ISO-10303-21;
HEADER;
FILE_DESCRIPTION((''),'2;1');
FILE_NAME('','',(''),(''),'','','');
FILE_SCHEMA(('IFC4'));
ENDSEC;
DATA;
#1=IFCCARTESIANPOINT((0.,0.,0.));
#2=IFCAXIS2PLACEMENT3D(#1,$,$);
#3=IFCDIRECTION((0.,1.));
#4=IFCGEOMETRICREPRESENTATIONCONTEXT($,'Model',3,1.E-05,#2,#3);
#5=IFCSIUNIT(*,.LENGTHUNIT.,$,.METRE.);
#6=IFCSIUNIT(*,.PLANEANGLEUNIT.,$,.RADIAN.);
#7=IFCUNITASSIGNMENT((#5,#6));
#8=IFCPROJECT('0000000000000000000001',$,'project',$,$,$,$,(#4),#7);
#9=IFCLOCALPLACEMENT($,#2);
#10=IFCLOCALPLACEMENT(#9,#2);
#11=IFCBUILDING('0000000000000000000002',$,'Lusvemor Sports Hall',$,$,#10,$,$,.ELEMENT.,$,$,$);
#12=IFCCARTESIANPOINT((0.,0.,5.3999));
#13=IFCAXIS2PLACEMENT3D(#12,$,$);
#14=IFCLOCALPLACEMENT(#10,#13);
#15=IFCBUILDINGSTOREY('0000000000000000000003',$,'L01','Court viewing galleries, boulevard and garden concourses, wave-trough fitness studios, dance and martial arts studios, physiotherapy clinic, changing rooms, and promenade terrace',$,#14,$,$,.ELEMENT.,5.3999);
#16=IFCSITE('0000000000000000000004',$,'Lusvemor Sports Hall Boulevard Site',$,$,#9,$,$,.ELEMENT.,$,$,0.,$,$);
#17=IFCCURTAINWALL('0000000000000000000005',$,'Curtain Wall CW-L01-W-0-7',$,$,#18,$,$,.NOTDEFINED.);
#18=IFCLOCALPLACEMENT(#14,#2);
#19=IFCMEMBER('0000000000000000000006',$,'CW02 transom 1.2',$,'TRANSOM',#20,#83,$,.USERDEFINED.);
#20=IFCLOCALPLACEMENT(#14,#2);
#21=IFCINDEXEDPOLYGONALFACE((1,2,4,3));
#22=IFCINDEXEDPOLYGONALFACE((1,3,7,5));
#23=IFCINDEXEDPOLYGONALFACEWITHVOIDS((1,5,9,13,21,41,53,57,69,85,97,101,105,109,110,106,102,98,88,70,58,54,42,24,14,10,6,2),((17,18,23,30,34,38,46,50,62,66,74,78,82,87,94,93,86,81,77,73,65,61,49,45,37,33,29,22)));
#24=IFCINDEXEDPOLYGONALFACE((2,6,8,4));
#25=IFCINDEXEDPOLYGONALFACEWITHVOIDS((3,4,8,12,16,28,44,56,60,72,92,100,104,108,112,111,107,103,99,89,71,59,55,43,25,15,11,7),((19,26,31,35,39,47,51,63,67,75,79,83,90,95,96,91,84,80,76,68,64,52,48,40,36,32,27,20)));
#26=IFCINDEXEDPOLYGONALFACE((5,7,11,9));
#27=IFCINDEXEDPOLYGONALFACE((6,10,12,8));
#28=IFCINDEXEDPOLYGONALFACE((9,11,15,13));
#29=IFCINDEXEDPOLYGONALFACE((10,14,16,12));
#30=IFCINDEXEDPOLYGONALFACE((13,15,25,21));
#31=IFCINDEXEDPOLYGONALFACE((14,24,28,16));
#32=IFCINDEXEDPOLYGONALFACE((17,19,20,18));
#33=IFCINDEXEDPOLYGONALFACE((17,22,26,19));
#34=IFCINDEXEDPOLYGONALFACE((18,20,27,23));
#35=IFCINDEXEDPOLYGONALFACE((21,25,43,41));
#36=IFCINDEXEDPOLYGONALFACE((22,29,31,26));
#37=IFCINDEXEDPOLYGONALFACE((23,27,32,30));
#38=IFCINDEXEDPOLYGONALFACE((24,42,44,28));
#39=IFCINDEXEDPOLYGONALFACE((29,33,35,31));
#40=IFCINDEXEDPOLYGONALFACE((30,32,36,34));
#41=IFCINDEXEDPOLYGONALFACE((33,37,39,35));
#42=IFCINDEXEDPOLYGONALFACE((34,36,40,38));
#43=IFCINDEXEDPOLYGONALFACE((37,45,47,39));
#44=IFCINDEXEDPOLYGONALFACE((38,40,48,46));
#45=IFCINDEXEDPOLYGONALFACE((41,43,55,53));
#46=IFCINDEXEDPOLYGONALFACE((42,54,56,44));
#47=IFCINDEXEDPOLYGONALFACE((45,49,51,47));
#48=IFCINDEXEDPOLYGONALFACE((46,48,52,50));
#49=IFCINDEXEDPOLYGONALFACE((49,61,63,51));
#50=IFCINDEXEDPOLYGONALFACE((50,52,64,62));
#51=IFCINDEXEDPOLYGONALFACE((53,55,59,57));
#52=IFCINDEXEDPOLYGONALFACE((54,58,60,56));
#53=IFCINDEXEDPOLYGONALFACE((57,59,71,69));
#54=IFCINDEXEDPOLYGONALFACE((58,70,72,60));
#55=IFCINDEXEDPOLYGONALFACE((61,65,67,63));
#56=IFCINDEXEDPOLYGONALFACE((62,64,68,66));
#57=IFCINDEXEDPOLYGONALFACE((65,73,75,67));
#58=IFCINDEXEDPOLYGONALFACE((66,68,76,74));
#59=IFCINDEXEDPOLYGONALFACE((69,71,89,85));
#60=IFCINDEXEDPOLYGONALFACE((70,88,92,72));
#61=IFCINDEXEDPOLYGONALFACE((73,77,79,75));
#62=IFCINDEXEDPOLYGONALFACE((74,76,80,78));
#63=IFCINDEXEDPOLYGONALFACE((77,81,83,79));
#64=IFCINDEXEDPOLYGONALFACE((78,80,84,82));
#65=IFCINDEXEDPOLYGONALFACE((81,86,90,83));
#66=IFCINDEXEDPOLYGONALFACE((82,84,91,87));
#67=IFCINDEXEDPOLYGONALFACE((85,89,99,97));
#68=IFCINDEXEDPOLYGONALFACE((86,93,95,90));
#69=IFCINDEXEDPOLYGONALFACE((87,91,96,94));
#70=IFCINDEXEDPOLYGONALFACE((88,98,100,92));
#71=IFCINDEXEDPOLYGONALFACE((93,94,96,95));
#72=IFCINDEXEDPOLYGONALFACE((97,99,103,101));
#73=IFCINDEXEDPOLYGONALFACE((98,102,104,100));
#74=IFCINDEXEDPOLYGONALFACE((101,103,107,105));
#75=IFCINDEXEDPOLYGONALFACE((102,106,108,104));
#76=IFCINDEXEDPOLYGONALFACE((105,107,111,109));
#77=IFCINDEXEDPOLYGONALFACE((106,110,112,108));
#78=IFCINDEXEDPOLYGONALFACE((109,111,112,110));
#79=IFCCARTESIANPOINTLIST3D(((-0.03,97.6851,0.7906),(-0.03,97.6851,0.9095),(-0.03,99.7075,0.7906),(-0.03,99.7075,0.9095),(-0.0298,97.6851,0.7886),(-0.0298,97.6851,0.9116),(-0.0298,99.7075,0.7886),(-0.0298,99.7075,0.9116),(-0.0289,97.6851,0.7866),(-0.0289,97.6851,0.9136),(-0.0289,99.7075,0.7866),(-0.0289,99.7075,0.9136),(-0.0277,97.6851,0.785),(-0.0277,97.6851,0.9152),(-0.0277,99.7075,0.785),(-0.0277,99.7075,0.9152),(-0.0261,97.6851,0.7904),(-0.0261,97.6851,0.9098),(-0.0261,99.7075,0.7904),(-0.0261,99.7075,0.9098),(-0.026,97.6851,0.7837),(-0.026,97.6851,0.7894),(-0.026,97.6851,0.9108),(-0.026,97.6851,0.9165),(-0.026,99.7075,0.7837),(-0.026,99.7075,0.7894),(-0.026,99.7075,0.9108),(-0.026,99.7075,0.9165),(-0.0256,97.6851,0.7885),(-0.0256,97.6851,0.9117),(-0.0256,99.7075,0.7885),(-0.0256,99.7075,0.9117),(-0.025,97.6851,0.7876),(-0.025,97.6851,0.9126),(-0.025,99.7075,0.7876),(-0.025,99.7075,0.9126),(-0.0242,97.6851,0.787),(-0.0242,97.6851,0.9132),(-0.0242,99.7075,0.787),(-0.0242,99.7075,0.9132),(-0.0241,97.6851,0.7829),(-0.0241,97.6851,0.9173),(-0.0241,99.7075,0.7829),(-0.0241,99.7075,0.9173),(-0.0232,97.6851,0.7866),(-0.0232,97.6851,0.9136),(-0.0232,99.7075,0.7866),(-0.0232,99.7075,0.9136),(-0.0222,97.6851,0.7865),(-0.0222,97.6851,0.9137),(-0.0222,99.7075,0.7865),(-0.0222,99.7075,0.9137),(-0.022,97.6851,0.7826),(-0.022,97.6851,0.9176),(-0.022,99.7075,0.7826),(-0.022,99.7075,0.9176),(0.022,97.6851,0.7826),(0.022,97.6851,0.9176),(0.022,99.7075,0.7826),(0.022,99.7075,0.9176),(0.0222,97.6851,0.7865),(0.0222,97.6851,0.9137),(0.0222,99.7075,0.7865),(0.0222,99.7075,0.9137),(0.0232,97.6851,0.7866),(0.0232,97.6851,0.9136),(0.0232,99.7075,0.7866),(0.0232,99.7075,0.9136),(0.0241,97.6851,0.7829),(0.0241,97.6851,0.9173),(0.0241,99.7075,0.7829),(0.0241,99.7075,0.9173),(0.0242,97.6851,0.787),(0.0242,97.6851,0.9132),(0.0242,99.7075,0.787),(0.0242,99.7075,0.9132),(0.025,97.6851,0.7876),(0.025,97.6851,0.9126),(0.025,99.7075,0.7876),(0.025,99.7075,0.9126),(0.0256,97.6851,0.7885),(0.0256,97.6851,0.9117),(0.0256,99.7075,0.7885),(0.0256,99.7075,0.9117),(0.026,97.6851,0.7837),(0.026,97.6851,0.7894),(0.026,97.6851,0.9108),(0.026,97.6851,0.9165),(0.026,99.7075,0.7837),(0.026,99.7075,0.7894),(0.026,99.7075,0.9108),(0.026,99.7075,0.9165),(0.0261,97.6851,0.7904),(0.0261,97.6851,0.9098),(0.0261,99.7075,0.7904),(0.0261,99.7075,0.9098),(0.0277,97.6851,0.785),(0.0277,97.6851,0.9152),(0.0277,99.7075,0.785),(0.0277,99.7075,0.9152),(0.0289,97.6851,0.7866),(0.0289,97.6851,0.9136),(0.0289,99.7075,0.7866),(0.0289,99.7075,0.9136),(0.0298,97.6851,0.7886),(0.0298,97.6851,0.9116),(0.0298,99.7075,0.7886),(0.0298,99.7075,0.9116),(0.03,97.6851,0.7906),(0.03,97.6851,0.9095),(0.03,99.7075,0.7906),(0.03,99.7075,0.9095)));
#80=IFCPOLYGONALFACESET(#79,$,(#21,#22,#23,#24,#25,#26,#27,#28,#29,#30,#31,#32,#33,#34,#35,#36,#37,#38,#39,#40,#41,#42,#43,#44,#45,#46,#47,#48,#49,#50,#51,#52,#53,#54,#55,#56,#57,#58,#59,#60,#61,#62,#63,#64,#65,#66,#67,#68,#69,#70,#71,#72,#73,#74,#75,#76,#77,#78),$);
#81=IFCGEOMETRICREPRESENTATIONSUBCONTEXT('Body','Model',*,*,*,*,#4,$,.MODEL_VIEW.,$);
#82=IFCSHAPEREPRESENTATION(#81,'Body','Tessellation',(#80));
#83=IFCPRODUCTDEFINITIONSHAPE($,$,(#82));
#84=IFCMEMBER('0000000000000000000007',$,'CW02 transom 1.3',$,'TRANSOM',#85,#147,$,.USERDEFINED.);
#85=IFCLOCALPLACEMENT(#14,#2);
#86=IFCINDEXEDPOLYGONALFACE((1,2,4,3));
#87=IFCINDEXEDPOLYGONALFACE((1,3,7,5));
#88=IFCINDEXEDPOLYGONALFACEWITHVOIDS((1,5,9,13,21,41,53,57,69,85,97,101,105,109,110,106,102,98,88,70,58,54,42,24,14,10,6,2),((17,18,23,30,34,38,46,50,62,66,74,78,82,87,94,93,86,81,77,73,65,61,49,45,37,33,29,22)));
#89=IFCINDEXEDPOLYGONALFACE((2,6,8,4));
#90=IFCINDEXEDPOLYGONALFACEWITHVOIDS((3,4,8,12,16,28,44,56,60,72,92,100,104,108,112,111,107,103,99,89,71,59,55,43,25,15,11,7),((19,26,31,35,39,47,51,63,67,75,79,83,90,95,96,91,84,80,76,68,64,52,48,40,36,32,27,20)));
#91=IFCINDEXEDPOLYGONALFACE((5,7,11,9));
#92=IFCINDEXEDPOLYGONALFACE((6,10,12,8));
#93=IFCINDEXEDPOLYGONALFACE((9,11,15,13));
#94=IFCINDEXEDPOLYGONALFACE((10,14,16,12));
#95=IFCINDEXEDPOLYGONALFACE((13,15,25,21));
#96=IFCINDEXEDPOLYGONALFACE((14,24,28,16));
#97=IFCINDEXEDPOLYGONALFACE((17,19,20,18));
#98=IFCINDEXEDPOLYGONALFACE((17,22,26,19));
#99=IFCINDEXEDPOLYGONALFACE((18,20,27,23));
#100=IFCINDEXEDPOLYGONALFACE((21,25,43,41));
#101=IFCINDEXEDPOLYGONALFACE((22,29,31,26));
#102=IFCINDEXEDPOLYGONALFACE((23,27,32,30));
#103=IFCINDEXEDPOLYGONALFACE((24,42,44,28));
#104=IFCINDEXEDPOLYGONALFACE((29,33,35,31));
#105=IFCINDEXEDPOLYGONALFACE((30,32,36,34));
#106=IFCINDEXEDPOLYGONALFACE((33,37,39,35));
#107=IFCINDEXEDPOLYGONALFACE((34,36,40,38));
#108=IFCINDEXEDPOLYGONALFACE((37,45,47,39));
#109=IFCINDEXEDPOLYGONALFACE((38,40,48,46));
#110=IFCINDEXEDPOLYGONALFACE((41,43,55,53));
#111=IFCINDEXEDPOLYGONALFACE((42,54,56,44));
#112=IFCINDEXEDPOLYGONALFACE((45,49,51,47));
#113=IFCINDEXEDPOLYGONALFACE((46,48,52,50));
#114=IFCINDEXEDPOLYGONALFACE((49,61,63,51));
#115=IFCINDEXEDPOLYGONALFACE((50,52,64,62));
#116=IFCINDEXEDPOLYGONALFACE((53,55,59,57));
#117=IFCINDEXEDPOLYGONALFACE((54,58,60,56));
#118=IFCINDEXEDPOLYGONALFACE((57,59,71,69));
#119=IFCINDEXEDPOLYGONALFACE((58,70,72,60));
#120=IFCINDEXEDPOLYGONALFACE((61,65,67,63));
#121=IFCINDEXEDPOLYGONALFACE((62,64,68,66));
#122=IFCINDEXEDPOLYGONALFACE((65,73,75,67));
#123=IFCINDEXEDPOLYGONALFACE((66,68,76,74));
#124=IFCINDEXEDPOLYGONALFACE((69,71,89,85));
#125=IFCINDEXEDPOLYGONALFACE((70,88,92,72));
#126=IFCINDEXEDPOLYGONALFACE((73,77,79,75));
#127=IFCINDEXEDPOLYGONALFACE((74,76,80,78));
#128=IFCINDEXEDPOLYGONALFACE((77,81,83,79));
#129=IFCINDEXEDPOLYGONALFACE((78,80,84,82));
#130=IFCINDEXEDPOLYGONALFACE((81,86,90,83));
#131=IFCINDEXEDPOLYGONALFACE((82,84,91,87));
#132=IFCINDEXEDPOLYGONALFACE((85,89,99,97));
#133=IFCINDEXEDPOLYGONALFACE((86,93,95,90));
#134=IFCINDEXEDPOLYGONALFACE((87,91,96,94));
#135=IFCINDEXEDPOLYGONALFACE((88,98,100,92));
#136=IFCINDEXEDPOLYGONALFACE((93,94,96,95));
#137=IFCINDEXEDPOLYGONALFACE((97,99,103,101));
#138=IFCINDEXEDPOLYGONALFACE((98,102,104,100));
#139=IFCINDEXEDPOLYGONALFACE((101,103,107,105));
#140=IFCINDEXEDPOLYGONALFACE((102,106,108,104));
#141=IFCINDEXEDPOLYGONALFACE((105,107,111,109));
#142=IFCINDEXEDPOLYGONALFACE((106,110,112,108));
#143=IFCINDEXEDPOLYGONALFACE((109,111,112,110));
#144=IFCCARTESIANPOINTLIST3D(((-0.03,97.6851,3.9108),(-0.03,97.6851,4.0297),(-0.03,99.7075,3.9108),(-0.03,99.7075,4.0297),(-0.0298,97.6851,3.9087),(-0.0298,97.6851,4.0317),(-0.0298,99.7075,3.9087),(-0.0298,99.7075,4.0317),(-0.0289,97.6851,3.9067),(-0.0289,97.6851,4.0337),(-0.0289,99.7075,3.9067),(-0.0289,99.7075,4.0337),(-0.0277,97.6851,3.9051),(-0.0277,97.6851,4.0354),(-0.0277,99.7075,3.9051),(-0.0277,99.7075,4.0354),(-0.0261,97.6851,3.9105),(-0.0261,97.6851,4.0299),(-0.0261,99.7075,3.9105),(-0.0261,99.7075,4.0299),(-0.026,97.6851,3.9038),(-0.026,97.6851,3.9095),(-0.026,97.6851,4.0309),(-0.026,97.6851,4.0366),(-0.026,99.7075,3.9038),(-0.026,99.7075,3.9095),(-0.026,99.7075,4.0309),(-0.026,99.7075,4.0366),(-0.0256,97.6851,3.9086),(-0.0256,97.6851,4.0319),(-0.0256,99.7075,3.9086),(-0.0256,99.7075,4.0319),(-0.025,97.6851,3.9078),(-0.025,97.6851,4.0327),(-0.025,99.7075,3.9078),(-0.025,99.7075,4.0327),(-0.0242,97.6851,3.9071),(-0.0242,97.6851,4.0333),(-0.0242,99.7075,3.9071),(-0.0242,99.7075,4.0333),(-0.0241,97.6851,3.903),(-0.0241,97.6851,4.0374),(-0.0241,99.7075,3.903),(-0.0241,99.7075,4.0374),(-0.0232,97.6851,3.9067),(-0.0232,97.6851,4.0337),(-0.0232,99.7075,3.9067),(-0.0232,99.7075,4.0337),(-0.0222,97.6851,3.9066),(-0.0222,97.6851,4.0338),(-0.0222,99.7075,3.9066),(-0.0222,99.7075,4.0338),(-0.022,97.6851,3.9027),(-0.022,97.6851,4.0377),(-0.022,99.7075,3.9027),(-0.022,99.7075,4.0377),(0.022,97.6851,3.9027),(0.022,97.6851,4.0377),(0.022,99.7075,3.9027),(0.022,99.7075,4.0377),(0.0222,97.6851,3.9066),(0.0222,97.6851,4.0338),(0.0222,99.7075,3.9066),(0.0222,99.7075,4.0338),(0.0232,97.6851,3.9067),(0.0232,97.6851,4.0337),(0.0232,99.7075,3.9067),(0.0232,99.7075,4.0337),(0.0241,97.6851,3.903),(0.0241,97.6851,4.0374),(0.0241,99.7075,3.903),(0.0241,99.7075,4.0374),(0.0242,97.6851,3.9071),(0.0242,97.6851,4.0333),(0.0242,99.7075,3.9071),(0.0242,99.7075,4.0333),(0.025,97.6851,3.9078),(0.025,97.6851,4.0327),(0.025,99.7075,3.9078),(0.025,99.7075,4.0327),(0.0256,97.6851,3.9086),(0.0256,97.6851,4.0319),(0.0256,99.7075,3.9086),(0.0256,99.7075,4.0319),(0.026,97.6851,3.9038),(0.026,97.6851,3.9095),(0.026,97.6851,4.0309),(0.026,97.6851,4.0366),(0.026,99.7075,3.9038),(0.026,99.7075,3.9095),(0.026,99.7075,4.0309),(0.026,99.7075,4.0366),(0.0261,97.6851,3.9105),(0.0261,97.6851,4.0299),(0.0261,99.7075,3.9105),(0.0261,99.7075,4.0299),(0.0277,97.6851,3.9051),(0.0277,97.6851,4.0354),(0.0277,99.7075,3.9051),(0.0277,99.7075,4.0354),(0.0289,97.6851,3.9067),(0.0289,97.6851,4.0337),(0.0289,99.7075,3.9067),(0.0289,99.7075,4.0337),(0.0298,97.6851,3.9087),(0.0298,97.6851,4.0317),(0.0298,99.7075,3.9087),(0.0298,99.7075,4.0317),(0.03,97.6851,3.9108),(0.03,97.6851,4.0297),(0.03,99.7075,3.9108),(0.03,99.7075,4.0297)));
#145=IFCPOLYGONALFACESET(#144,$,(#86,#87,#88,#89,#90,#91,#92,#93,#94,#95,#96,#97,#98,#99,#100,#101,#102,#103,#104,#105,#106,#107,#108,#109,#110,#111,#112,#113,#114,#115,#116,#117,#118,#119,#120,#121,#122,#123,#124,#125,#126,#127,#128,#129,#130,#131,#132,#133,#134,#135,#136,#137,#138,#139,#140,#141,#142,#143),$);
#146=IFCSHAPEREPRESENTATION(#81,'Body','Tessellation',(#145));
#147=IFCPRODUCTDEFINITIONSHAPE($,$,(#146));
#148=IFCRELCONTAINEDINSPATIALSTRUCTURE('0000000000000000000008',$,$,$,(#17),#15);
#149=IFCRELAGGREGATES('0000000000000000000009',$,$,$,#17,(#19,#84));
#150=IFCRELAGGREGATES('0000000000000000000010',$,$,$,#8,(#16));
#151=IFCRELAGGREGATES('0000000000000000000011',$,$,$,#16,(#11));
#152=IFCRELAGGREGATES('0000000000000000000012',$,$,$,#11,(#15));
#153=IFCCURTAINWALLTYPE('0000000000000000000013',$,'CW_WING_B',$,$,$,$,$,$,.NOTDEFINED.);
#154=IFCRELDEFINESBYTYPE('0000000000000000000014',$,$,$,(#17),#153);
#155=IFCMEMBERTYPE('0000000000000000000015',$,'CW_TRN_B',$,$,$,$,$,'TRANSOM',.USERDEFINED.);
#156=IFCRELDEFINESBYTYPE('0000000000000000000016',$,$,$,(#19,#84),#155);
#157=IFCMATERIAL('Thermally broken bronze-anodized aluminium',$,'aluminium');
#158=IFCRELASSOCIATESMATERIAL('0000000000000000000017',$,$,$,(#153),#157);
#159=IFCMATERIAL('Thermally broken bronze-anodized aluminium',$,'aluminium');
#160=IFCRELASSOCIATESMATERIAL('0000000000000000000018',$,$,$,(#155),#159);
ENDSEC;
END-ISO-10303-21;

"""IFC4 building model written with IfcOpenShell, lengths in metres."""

from ifc_helpers import new_model, si_unit, direction, frame, origin, origin_2d, place, context, subcontext, project, spatial, hollow_rectangle, extrude, material, material_profile, profile_set, type_object, element, aggregate, save


model = new_model("IFC4")

# Units and contexts
model_context = context("Model", 3, precision=1e-05, world=origin(), true_north=direction((0.0, 1.0)))
body_context = subcontext(model_context, "Body", "Model", "MODEL_VIEW")
ifc_project = project(units=[si_unit("LENGTHUNIT", "METRE"), si_unit("PLANEANGLEUNIT", "RADIAN")], contexts=[model_context])

# Site, building, storey
site_placement = place(None, origin())
site = spatial("IfcSite", under=ifc_project, at=site_placement, Name="Lusvemor Sports Hall Boulevard Site", CompositionType="ELEMENT", RefElevation=0.0)
building_placement = place(site_placement, origin())
building = spatial("IfcBuilding", under=site, at=building_placement, Name="Lusvemor Sports Hall", CompositionType="ELEMENT")
storey_placement = place(building_placement, frame((0.0, 0.0, 5.3999)))
storey = spatial("IfcBuildingStorey", under=building, at=storey_placement, Name="L01", Description="Court viewing galleries, boulevard and garden concourses, wave-trough fitness studios, dance and martial arts studios, physiotherapy clinic, changing rooms, and promenade terrace", CompositionType="ELEMENT", Elevation=5.3999)

# Curtain wall, members
ifc_material_1 = material(Name="Thermally broken bronze-anodized aluminium", Category="aluminium")
curtain_wall_type = type_object("IfcCurtainWallType", Name="CW_WING_B", PredefinedType="NOTDEFINED", material=ifc_material_1)
curtain_wall_placement = place(storey_placement, origin())
curtain_wall = element("IfcCurtainWall", 1, at=curtain_wall_placement, inside=storey, type_object=curtain_wall_type, Name="Curtain Wall CW-L01-W-0-7", PredefinedType="NOTDEFINED")
ifc_material_2 = material(Name="Thermally broken bronze-anodized aluminium", Category="aluminium")
ifc_material_profile_1 = material_profile(ifc_material_2, hollow_rectangle(XDim=0.0601, YDim=0.135, WallThickness=0.0039, InnerFilletRadius=0.0039, OuterFilletRadius=0.0081, at=origin_2d()), Name="CWTRN135x60x4")
ifc_profile_set_1 = profile_set([ifc_material_profile_1], Name="Thermally broken bronze-anodized aluminium")
member_type_1 = type_object("IfcMemberType", Name="CW_TRN_B", ElementType="TRANSOM", PredefinedType="USERDEFINED", material=ifc_profile_set_1)
member_1_placement = place(storey_placement, frame((0.0, 97.6851, 0.8501), z_axis=(0.0, 1.0, 0.0), x_axis=(-1.0, 0.0, 0.0)))
member_1 = element("IfcMember", 2, at=member_1_placement, type_object=member_type_1, Name="CW02 transom 1.2", ObjectType="TRANSOM", PredefinedType="USERDEFINED", context=body_context, shape_type="SweptSolid", body=[
    extrude(hollow_rectangle(XDim=0.0601, YDim=0.135, WallThickness=0.0039, InnerFilletRadius=0.0039, OuterFilletRadius=0.0081, at=origin_2d()), origin(), (0.0, 0.0, 1.0), 2.0225),
])
member_2_placement = place(storey_placement, frame((0.0, 97.6851, 3.9702), z_axis=(0.0, 1.0, 0.0), x_axis=(-1.0, 0.0, 0.0)))
member_2 = element("IfcMember", 3, at=member_2_placement, type_object=member_type_1, Name="CW02 transom 1.3", ObjectType="TRANSOM", PredefinedType="USERDEFINED", context=body_context, shape_type="SweptSolid", body=[
    extrude(hollow_rectangle(XDim=0.0601, YDim=0.135, WallThickness=0.0039, InnerFilletRadius=0.0039, OuterFilletRadius=0.0081, at=origin_2d()), origin(), (0.0, 0.0, 1.0), 2.0225),
])

aggregate(curtain_wall, [member_1, member_2])

save(model, "model.ifc")
